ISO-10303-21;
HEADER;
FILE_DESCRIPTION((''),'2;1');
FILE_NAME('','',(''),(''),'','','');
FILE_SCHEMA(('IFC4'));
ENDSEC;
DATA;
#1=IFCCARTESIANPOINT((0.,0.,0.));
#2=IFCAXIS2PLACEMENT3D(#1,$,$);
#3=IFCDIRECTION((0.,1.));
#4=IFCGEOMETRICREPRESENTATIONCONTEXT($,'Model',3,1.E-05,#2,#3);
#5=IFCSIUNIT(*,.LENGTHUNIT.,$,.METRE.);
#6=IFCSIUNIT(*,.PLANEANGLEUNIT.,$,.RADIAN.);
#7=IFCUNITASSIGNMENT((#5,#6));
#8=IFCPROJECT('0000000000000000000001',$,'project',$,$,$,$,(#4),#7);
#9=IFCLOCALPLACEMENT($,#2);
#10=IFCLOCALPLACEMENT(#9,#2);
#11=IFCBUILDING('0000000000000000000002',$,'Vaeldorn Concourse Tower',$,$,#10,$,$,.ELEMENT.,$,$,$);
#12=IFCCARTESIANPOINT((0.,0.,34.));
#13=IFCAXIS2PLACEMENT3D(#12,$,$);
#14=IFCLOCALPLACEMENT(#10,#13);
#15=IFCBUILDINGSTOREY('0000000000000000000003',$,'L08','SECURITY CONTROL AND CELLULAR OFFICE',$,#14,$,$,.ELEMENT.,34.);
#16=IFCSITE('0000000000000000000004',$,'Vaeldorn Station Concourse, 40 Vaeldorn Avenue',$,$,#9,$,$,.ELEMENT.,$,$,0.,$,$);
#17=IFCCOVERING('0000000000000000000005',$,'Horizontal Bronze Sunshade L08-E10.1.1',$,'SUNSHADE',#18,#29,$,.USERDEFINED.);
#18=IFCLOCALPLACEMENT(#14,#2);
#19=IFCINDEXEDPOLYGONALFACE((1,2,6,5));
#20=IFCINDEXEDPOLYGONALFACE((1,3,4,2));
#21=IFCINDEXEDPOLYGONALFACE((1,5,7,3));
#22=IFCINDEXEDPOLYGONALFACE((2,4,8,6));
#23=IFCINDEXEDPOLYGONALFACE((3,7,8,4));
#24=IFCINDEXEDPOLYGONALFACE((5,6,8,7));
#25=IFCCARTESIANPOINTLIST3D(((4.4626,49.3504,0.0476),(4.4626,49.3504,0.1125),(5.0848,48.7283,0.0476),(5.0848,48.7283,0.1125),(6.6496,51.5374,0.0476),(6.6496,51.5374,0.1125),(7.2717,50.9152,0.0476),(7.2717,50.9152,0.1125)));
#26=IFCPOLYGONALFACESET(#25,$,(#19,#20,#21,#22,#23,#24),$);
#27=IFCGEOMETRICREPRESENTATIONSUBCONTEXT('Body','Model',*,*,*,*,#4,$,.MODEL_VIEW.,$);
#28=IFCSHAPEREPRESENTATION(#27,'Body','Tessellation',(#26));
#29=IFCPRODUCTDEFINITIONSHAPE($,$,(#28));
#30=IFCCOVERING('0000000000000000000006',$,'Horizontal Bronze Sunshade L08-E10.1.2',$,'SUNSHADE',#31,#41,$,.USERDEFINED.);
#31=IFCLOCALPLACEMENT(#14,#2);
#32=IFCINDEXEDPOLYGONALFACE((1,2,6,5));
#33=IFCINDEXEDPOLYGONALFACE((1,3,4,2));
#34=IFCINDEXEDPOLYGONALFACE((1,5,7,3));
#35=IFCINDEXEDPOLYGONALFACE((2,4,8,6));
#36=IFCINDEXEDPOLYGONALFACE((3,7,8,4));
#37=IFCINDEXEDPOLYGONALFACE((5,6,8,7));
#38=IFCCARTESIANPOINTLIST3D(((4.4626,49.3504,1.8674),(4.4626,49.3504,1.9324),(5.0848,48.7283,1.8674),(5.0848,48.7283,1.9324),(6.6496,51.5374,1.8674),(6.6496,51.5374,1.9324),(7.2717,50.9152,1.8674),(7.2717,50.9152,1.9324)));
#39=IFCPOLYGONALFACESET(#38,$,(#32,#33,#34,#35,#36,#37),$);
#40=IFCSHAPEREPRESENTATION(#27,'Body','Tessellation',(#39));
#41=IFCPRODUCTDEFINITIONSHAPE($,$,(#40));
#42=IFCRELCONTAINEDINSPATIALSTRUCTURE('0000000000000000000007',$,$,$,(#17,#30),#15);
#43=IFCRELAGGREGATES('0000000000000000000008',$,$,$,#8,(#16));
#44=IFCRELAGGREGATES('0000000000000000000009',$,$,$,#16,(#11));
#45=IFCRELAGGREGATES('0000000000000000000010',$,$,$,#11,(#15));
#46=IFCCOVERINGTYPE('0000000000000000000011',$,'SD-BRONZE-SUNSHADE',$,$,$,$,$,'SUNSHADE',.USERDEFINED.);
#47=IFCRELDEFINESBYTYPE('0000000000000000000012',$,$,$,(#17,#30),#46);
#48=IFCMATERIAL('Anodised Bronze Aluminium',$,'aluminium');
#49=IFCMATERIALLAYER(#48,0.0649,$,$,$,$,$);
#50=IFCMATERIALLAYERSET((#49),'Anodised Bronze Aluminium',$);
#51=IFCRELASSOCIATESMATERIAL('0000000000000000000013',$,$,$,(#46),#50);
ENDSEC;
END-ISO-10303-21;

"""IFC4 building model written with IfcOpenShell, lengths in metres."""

from ifc_helpers import new_model, si_unit, direction, frame, origin, origin_2d, place, context, subcontext, project, spatial, rectangle, extrude, source, transform, mapped, material, layer, layer_set, type_object, element, save


model = new_model("IFC4")

# Units and contexts
model_context = context("Model", 3, precision=1e-05, world=origin(), true_north=direction((0.0, 1.0)))
body_context = subcontext(model_context, "Body", "Model", "MODEL_VIEW")
ifc_project = project(units=[si_unit("LENGTHUNIT", "METRE"), si_unit("PLANEANGLEUNIT", "RADIAN")], contexts=[model_context])

# Site, building, storey
site_placement = place(None, origin())
site = spatial("IfcSite", under=ifc_project, at=site_placement, Name="Vaeldorn Station Concourse, 40 Vaeldorn Avenue", CompositionType="ELEMENT", RefElevation=0.0)
building_placement = place(site_placement, origin())
building = spatial("IfcBuilding", under=site, at=building_placement, Name="Vaeldorn Concourse Tower", CompositionType="ELEMENT")
storey_placement = place(building_placement, frame((0.0, 0.0, 34.0)))
storey = spatial("IfcBuildingStorey", under=building, at=storey_placement, Name="L08", Description="SECURITY CONTROL AND CELLULAR OFFICE", CompositionType="ELEMENT", Elevation=34.0)

# Shared definitions
ifc_material_1 = material(Name="Anodised Bronze Aluminium", Category="aluminium")

# Coverings
ifc_layer_1 = layer(ifc_material_1, 0.0649)
ifc_layer_set_1 = layer_set([ifc_layer_1], Name="Anodised Bronze Aluminium")
covering_type = type_object("IfcCoveringType", Name="SD-BRONZE-SUNSHADE", ElementType="SUNSHADE", PredefinedType="USERDEFINED", material=ifc_layer_set_1)
shared_shape_1 = source(origin(), body_context, "Body", "SweptSolid", [
    extrude(rectangle(XDim=3.0928, YDim=0.8799, at=origin_2d()), origin(), (0.0, 0.0, 1.0), 0.0649),
])
for number, where, z_axis, x_axis, name in (
    (1, (5.8672, 50.1328, 0.0476), (0.0, 0.0, 1.0), (-0.707107, -0.707107, 0.0), "Horizontal Bronze Sunshade L08-E10.1.1"),
    (2, (5.8672, 50.1328, 1.8674), (0.0, 0.0, 1.0), (-0.707107, -0.707107, 0.0), "Horizontal Bronze Sunshade L08-E10.1.2"),
):
    element("IfcCovering", number, at=place(storey_placement, frame(where, z_axis=z_axis, x_axis=x_axis)), inside=storey, type_object=covering_type, Name=name, ObjectType="SUNSHADE", PredefinedType="USERDEFINED", context=body_context, shape_type="MappedRepresentation", body=[
        mapped(shared_shape_1, transform((0.0, 0.0, 0.0), scale=1.0)),
    ])

save(model, "model.ifc")
